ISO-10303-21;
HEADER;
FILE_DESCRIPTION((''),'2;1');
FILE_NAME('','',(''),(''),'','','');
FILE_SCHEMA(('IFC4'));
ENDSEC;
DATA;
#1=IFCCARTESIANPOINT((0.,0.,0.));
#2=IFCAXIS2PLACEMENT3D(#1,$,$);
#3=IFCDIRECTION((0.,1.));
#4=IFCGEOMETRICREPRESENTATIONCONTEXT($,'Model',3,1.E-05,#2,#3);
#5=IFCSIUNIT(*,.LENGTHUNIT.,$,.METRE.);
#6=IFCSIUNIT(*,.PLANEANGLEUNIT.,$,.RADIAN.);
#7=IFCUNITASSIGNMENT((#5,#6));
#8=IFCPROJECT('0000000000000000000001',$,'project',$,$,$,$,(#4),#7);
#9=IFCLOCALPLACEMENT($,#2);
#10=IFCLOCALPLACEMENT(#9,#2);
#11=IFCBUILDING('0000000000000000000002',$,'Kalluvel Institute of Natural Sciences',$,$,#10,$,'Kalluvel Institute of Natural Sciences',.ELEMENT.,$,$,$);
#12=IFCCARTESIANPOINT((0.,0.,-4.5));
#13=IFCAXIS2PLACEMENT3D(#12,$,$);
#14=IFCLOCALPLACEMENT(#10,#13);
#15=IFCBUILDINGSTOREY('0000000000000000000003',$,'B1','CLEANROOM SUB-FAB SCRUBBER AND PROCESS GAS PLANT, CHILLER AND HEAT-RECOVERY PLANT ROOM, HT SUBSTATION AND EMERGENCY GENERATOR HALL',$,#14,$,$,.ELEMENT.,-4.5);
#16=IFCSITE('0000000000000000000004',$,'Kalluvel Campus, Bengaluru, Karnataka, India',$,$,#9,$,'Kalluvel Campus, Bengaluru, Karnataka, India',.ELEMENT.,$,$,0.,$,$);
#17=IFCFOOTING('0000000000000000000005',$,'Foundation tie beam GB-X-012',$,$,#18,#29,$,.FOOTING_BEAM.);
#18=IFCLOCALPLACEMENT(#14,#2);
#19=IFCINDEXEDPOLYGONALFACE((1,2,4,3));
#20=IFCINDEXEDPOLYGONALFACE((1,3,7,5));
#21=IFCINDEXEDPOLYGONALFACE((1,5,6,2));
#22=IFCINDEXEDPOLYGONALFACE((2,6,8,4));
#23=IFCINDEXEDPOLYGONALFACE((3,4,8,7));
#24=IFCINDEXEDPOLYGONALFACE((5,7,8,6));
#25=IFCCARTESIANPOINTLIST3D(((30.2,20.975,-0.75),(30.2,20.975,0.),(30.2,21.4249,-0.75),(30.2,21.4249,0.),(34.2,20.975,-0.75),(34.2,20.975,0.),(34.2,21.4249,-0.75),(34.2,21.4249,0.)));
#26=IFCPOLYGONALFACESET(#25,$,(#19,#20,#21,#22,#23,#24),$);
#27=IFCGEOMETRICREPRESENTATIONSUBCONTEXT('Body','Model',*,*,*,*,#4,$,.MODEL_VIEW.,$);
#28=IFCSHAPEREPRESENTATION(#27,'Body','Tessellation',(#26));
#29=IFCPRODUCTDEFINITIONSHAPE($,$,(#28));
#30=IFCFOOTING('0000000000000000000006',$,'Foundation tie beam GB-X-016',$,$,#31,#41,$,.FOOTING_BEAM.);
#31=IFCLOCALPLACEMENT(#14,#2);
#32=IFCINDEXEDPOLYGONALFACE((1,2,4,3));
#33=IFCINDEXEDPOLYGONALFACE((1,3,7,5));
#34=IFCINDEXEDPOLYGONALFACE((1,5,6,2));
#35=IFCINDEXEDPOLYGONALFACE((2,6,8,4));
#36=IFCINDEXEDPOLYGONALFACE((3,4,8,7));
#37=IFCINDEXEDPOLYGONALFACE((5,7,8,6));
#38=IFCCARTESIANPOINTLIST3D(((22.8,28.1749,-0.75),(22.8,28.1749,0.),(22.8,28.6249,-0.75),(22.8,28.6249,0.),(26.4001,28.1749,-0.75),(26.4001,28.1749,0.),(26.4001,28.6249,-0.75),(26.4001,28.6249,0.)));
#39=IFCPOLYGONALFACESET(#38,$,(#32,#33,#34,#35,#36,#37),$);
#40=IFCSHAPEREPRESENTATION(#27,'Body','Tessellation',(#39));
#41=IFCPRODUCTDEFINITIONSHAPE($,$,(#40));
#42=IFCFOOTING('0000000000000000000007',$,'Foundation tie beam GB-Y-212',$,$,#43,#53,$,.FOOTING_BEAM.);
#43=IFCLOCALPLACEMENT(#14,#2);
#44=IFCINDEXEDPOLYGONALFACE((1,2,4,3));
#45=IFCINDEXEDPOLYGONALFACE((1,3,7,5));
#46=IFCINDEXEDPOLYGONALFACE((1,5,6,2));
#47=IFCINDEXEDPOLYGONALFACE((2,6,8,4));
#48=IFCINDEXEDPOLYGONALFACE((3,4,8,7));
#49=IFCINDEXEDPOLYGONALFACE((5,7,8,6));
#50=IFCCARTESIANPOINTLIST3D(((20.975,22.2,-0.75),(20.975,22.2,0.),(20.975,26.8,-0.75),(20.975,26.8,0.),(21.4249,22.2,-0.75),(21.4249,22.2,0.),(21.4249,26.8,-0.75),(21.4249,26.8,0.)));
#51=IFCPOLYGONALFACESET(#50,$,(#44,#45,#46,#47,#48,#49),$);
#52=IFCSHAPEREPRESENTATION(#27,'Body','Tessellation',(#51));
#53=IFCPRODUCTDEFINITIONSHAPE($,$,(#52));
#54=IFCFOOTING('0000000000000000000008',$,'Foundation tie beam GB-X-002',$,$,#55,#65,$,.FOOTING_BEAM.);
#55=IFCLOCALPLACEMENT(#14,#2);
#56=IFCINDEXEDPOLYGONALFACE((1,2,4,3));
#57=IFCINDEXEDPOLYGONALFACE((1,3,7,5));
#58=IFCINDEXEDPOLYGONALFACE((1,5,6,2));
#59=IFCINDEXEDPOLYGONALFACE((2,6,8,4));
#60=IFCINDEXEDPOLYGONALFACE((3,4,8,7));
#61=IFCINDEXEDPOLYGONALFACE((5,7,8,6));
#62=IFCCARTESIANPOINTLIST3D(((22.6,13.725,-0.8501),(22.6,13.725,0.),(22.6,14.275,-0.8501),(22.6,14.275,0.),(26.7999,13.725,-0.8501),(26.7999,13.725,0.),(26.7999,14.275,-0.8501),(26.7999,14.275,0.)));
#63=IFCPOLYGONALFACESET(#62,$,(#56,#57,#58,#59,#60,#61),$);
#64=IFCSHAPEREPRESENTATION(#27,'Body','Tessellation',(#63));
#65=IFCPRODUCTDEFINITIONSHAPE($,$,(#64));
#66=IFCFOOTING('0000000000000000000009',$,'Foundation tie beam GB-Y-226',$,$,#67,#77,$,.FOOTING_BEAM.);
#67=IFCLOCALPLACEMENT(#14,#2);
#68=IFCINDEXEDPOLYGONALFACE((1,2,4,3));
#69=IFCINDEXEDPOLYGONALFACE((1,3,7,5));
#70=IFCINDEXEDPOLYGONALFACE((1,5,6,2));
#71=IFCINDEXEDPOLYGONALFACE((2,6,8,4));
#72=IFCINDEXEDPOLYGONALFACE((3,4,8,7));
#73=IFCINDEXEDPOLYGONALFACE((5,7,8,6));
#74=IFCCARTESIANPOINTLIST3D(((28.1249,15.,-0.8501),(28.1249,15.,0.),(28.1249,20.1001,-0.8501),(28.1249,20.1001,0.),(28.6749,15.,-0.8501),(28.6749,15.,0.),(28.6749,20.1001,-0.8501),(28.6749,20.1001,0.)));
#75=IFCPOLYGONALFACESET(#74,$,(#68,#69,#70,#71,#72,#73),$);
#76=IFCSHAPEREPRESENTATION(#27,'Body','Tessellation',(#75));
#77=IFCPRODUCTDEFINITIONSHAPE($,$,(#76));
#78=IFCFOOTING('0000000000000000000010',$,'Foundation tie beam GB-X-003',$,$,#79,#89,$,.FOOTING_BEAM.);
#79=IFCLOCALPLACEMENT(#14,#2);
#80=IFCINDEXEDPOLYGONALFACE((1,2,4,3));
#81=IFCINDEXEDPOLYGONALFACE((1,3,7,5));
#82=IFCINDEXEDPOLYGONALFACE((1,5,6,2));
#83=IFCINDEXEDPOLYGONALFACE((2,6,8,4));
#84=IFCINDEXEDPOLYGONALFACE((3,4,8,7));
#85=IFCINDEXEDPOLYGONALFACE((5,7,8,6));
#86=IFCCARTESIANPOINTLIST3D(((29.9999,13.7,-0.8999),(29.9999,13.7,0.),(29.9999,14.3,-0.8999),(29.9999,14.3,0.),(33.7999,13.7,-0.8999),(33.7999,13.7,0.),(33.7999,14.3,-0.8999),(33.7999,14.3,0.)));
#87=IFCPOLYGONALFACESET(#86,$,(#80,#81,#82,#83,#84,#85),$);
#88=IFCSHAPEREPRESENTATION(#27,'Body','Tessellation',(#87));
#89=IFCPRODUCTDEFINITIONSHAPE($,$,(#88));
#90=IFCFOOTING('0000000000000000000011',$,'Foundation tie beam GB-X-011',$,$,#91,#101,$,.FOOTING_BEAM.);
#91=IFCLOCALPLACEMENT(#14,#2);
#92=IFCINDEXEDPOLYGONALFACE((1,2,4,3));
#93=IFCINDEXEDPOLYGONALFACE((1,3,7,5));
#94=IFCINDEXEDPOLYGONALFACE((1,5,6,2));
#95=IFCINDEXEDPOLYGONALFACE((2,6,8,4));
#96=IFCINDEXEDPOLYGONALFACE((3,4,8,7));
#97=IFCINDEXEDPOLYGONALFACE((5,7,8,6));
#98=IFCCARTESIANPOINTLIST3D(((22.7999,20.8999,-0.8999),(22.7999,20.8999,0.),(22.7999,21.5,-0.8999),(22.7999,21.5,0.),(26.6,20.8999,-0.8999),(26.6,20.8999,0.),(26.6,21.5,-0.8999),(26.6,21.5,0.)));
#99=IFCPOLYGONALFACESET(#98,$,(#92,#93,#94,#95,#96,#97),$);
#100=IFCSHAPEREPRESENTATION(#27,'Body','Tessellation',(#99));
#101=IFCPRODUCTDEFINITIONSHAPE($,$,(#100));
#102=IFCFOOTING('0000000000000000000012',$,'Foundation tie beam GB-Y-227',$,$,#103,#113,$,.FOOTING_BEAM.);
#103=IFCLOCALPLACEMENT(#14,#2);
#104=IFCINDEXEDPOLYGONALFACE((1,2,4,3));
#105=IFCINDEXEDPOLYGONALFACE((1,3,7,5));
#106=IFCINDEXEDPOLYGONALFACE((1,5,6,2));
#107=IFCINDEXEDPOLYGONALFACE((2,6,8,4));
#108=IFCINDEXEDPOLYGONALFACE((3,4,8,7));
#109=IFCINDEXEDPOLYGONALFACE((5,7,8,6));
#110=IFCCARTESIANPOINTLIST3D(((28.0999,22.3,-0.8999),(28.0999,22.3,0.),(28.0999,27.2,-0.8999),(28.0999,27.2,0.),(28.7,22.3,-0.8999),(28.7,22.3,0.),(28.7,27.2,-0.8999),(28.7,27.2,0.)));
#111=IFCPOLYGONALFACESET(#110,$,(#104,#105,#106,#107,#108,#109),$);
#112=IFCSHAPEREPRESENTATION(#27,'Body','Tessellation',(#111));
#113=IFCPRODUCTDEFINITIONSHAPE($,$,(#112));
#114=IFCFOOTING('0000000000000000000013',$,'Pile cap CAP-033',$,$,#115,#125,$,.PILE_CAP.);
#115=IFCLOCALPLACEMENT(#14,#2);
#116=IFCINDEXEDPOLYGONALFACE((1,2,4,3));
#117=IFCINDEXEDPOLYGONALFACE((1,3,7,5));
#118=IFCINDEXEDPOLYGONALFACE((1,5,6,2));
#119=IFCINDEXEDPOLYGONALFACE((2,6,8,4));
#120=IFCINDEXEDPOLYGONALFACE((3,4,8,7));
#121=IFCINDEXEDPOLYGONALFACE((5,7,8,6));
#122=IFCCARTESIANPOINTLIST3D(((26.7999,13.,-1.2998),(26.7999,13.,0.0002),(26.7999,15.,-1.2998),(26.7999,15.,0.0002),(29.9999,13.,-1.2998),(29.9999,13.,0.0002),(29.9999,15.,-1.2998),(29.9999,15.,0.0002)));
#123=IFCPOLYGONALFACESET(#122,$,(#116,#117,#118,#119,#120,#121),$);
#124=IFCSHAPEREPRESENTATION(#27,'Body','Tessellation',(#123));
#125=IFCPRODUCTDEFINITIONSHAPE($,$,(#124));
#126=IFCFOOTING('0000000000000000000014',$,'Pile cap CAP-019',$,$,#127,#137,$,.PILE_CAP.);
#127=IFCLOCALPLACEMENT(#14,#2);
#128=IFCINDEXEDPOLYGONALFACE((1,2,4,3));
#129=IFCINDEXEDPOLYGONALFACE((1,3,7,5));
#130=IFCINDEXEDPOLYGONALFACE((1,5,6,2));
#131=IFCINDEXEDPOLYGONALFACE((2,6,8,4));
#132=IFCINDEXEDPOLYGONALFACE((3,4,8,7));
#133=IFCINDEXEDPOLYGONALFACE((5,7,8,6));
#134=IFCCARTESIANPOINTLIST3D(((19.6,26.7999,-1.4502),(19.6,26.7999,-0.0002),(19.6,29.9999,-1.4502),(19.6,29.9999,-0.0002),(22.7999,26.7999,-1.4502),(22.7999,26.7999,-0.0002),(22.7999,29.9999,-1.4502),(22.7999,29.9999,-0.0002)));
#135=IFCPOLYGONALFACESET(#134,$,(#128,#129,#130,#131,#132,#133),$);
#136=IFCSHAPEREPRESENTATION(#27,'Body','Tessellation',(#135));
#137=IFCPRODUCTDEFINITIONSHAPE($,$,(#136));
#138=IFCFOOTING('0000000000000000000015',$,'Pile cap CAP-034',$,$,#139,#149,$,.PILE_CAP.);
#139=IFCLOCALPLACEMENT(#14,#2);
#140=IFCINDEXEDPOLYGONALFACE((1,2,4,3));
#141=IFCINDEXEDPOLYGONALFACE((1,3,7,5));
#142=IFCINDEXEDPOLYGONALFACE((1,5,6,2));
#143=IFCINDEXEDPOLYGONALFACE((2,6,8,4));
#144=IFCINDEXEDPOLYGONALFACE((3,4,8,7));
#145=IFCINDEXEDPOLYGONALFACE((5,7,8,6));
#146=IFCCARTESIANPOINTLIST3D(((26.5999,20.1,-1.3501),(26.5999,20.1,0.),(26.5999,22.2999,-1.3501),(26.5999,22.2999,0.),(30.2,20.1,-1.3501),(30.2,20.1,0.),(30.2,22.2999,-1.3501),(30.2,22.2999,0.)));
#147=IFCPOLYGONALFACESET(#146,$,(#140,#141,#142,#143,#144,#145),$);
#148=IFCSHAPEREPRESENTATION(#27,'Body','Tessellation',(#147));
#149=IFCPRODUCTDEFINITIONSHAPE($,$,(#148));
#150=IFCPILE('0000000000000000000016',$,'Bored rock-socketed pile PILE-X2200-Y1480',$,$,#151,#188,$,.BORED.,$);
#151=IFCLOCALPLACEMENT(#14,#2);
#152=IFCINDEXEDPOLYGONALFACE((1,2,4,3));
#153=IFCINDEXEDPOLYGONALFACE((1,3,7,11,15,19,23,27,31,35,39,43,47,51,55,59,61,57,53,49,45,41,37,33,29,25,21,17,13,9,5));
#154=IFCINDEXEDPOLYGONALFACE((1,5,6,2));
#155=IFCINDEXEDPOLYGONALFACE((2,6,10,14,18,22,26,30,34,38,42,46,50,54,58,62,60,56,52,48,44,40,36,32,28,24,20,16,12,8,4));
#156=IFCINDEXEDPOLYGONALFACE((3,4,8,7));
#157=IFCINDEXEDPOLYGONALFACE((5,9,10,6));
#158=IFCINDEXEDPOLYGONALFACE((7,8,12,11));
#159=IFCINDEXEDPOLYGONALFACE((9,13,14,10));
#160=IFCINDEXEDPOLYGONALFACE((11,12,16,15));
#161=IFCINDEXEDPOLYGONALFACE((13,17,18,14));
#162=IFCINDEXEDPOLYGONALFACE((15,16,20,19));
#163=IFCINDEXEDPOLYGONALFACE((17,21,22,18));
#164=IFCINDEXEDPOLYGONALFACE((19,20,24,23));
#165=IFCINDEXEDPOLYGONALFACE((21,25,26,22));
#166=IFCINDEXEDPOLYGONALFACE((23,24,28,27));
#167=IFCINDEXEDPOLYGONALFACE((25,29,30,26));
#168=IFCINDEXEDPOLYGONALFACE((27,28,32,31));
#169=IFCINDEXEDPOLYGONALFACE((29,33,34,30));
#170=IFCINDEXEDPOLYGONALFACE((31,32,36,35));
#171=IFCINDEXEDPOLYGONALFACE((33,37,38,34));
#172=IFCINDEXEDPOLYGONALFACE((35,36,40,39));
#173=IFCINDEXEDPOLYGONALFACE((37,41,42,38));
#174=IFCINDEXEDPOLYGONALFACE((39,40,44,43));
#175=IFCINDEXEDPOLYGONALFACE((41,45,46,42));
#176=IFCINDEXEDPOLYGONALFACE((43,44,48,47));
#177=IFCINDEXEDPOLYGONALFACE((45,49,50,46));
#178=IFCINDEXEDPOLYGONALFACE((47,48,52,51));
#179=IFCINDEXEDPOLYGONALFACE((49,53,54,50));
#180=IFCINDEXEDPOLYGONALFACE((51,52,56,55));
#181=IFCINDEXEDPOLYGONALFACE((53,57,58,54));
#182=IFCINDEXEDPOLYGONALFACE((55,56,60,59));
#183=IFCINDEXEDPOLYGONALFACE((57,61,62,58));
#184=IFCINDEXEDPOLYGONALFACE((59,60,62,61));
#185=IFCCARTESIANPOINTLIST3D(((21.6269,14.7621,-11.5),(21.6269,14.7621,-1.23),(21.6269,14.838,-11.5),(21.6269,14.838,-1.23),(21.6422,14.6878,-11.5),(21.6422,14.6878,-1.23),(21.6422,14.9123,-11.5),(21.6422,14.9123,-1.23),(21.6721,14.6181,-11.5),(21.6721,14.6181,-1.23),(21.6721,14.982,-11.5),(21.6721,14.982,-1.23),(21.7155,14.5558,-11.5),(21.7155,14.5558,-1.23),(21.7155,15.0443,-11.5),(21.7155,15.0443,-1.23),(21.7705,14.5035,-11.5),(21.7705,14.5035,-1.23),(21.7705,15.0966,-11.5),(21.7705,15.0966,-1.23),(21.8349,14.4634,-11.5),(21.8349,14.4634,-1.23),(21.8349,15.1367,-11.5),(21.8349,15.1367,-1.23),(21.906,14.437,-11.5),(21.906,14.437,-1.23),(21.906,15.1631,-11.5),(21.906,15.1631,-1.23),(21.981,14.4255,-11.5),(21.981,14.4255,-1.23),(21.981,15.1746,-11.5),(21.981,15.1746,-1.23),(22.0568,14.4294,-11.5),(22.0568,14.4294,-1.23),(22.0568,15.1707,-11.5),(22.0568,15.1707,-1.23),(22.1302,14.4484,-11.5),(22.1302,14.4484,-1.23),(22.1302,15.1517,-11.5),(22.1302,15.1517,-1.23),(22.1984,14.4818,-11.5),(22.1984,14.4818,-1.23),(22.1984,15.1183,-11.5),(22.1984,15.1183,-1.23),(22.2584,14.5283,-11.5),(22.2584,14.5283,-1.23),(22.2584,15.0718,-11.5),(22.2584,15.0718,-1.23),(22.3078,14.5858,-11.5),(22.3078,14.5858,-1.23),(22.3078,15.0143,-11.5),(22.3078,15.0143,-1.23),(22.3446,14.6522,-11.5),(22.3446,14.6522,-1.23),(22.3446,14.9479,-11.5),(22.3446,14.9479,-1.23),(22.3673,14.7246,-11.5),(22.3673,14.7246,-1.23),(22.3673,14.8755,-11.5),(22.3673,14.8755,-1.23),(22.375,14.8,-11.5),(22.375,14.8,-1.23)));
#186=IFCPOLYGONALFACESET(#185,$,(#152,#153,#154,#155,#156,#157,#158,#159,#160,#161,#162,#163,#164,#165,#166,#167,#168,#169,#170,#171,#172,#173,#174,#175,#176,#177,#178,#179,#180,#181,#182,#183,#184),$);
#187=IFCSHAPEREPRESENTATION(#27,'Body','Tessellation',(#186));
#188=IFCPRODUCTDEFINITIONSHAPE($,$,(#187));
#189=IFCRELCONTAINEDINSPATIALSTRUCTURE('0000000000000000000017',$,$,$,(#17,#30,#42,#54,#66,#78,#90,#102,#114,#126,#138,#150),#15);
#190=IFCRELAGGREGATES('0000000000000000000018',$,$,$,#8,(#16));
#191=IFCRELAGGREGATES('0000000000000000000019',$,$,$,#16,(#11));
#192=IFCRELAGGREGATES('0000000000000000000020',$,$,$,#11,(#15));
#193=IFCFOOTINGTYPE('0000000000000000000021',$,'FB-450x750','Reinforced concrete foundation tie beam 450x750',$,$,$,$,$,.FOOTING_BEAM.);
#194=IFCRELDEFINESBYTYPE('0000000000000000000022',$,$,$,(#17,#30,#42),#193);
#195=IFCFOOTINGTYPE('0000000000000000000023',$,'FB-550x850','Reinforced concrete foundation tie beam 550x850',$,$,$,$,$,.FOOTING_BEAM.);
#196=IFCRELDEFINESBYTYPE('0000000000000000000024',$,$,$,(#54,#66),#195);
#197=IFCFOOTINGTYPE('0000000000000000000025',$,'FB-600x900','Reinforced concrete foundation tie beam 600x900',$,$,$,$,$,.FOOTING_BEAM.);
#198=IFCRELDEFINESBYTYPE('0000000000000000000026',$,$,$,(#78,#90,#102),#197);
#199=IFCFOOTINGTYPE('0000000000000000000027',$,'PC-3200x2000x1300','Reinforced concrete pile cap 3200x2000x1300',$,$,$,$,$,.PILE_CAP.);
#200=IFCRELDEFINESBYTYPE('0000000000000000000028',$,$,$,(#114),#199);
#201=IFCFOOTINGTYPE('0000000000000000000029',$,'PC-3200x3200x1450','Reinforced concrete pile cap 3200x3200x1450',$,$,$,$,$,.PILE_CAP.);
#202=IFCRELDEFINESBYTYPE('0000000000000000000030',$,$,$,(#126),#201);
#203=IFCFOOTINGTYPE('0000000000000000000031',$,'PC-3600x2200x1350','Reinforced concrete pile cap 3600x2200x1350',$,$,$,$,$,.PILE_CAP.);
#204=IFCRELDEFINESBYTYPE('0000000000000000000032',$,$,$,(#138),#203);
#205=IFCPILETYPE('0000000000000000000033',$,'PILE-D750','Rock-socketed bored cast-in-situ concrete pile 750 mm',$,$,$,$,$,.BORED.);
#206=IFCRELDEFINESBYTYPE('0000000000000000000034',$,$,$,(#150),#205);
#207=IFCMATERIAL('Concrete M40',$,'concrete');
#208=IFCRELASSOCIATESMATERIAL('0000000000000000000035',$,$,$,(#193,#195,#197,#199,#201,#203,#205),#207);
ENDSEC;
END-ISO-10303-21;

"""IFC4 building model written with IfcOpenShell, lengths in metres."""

from ifc_helpers import new_model, si_unit, direction, frame, origin, origin_2d, place, context, subcontext, project, spatial, rectangle, circle, extrude, material, material_profile, profile_set, type_object, element, save


model = new_model("IFC4")

# Units and contexts
model_context = context("Model", 3, precision=1e-05, world=origin(), true_north=direction((0.0, 1.0)))
body_context = subcontext(model_context, "Body", "Model", "MODEL_VIEW")
ifc_project = project(units=[si_unit("LENGTHUNIT", "METRE"), si_unit("PLANEANGLEUNIT", "RADIAN")], contexts=[model_context])

# Site, building, storey
site_placement = place(None, origin())
site = spatial("IfcSite", under=ifc_project, at=site_placement, Name="Kalluvel Campus, Bengaluru, Karnataka, India", LongName="Kalluvel Campus, Bengaluru, Karnataka, India", CompositionType="ELEMENT", RefElevation=0.0)
building_placement = place(site_placement, origin())
building = spatial("IfcBuilding", under=site, at=building_placement, Name="Kalluvel Institute of Natural Sciences", LongName="Kalluvel Institute of Natural Sciences", CompositionType="ELEMENT")
storey_placement = place(building_placement, frame((0.0, 0.0, -4.5)))
storey = spatial("IfcBuildingStorey", under=building, at=storey_placement, Name="B1", Description="CLEANROOM SUB-FAB SCRUBBER AND PROCESS GAS PLANT, CHILLER AND HEAT-RECOVERY PLANT ROOM, HT SUBSTATION AND EMERGENCY GENERATOR HALL", CompositionType="ELEMENT", Elevation=-4.5)

# Footings
ifc_material_1 = material(Name="Concrete M40", Category="concrete")
footing_type_1 = type_object("IfcFootingType", Name="FB-450x750", Description="Reinforced concrete foundation tie beam 450x750", PredefinedType="FOOTING_BEAM", material=ifc_material_1)
footing_1_placement = place(storey_placement, frame((32.2, 21.2, -0.75), z_axis=(0.0, 0.0, 1.0), x_axis=(1.0, 0.0, 0.0)))
element("IfcFooting", 1, at=footing_1_placement, inside=storey, type_object=footing_type_1, Name="Foundation tie beam GB-X-012", PredefinedType="FOOTING_BEAM", context=body_context, shape_type="SweptSolid", body=[
    extrude(rectangle(XDim=4.0, YDim=0.45, at=origin_2d()), origin(), (0.0, 0.0, 1.0), 0.75),
])
footing_2_placement = place(storey_placement, frame((24.6001, 28.3999, -0.75), z_axis=(0.0, 0.0, 1.0), x_axis=(1.0, 0.0, 0.0)))
element("IfcFooting", 2, at=footing_2_placement, inside=storey, type_object=footing_type_1, Name="Foundation tie beam GB-X-016", PredefinedType="FOOTING_BEAM", context=body_context, shape_type="SweptSolid", body=[
    extrude(rectangle(XDim=3.6001, YDim=0.45, at=origin_2d()), origin(), (0.0, 0.0, 1.0), 0.75),
])
footing_3_placement = place(storey_placement, frame((21.2, 24.5, -0.75), z_axis=(0.0, 0.0, 1.0), x_axis=(1.0, 0.0, 0.0)))
element("IfcFooting", 3, at=footing_3_placement, inside=storey, type_object=footing_type_1, Name="Foundation tie beam GB-Y-212", PredefinedType="FOOTING_BEAM", context=body_context, shape_type="SweptSolid", body=[
    extrude(rectangle(XDim=0.45, YDim=4.6001, at=origin_2d()), origin(), (0.0, 0.0, 1.0), 0.75),
])
footing_type_2 = type_object("IfcFootingType", Name="FB-550x850", Description="Reinforced concrete foundation tie beam 550x850", PredefinedType="FOOTING_BEAM", material=ifc_material_1)
footing_4_placement = place(storey_placement, frame((24.7, 14.0, -0.8501), z_axis=(0.0, 0.0, 1.0), x_axis=(1.0, 0.0, 0.0)))
element("IfcFooting", 4, at=footing_4_placement, inside=storey, type_object=footing_type_2, Name="Foundation tie beam GB-X-002", PredefinedType="FOOTING_BEAM", context=body_context, shape_type="SweptSolid", body=[
    extrude(rectangle(XDim=4.2, YDim=0.55, at=origin_2d()), origin(), (0.0, 0.0, 1.0), 0.8501),
])
footing_5_placement = place(storey_placement, frame((28.3999, 17.55, -0.8501), z_axis=(0.0, 0.0, 1.0), x_axis=(1.0, 0.0, 0.0)))
element("IfcFooting", 5, at=footing_5_placement, inside=storey, type_object=footing_type_2, Name="Foundation tie beam GB-Y-226", PredefinedType="FOOTING_BEAM", context=body_context, shape_type="SweptSolid", body=[
    extrude(rectangle(XDim=0.55, YDim=5.1001, at=origin_2d()), origin(), (0.0, 0.0, 1.0), 0.8501),
])
footing_type_3 = type_object("IfcFootingType", Name="FB-600x900", Description="Reinforced concrete foundation tie beam 600x900", PredefinedType="FOOTING_BEAM", material=ifc_material_1)
for number, where, z_axis, x_axis, name in (
    (6, (31.8999, 14.0, -0.8999), (0.0, 0.0, 1.0), (1.0, 0.0, 0.0), "Foundation tie beam GB-X-003"),
    (7, (24.7, 21.2, -0.8999), (0.0, 0.0, 1.0), (1.0, 0.0, 0.0), "Foundation tie beam GB-X-011"),
):
    element("IfcFooting", number, at=place(storey_placement, frame(where, z_axis=z_axis, x_axis=x_axis)), inside=storey, type_object=footing_type_3, Name=name, PredefinedType="FOOTING_BEAM", context=body_context, shape_type="SweptSolid", body=[
        extrude(rectangle(XDim=3.8, YDim=0.6001, at=origin_2d()), origin(), (0.0, 0.0, 1.0), 0.8999),
    ])
footing_6_placement = place(storey_placement, frame((28.3999, 24.75, -0.8999), z_axis=(0.0, 0.0, 1.0), x_axis=(1.0, 0.0, 0.0)))
element("IfcFooting", 8, at=footing_6_placement, inside=storey, type_object=footing_type_3, Name="Foundation tie beam GB-Y-227", PredefinedType="FOOTING_BEAM", context=body_context, shape_type="SweptSolid", body=[
    extrude(rectangle(XDim=0.6001, YDim=4.8999, at=origin_2d()), origin(), (0.0, 0.0, 1.0), 0.8999),
])
footing_type_4 = type_object("IfcFootingType", Name="PC-3200x2000x1300", Description="Reinforced concrete pile cap 3200x2000x1300", PredefinedType="PILE_CAP", material=ifc_material_1)
footing_7_placement = place(storey_placement, frame((28.3999, 14.0, -1.2998), z_axis=(0.0, 0.0, 1.0), x_axis=(1.0, 0.0, 0.0)))
element("IfcFooting", 9, at=footing_7_placement, inside=storey, type_object=footing_type_4, Name="Pile cap CAP-033", PredefinedType="PILE_CAP", context=body_context, shape_type="SweptSolid", body=[
    extrude(rectangle(XDim=3.2, YDim=2.0, at=origin_2d()), origin(), (0.0, 0.0, 1.0), 1.3),
])
footing_type_5 = type_object("IfcFootingType", Name="PC-3200x3200x1450", Description="Reinforced concrete pile cap 3200x3200x1450", PredefinedType="PILE_CAP", material=ifc_material_1)
footing_8_placement = place(storey_placement, frame((21.2, 28.3999, -1.4502), z_axis=(0.0, 0.0, 1.0), x_axis=(1.0, 0.0, 0.0)))
element("IfcFooting", 10, at=footing_8_placement, inside=storey, type_object=footing_type_5, Name="Pile cap CAP-019", PredefinedType="PILE_CAP", context=body_context, shape_type="SweptSolid", body=[
    extrude(rectangle(XDim=3.2, YDim=3.2, at=origin_2d()), origin(), (0.0, 0.0, 1.0), 1.45),
])
footing_type_6 = type_object("IfcFootingType", Name="PC-3600x2200x1350", Description="Reinforced concrete pile cap 3600x2200x1350", PredefinedType="PILE_CAP", material=ifc_material_1)
footing_9_placement = place(storey_placement, frame((28.3999, 21.2, -1.3501), z_axis=(0.0, 0.0, 1.0), x_axis=(1.0, 0.0, 0.0)))
element("IfcFooting", 11, at=footing_9_placement, inside=storey, type_object=footing_type_6, Name="Pile cap CAP-034", PredefinedType="PILE_CAP", context=body_context, shape_type="SweptSolid", body=[
    extrude(rectangle(XDim=3.6001, YDim=2.2, at=origin_2d()), origin(), (0.0, 0.0, 1.0), 1.3501),
])

# Pile
ifc_material_profile_1 = material_profile(ifc_material_1, circle(Radius=0.375, at=origin_2d()), Name="PILE D750")
ifc_profile_set_1 = profile_set([ifc_material_profile_1], Name="Concrete M40")
pile_type_1 = type_object("IfcPileType", Name="PILE-D750", Description="Rock-socketed bored cast-in-situ concrete pile 750 mm", PredefinedType="BORED", material=ifc_profile_set_1)
pile_1_placement = place(storey_placement, frame((22.0, 14.8, -1.23), z_axis=(0.0, 0.0, -1.0), x_axis=(1.0, 0.0, 0.0)))
element("IfcPile", 12, at=pile_1_placement, inside=storey, type_object=pile_type_1, Name="Bored rock-socketed pile PILE-X2200-Y1480", PredefinedType="BORED", context=body_context, shape_type="SweptSolid", body=[
    extrude(circle(Radius=0.375, at=origin_2d()), origin(), (0.0, 0.0, 1.0), 10.27),
])

save(model, "model.ifc")
